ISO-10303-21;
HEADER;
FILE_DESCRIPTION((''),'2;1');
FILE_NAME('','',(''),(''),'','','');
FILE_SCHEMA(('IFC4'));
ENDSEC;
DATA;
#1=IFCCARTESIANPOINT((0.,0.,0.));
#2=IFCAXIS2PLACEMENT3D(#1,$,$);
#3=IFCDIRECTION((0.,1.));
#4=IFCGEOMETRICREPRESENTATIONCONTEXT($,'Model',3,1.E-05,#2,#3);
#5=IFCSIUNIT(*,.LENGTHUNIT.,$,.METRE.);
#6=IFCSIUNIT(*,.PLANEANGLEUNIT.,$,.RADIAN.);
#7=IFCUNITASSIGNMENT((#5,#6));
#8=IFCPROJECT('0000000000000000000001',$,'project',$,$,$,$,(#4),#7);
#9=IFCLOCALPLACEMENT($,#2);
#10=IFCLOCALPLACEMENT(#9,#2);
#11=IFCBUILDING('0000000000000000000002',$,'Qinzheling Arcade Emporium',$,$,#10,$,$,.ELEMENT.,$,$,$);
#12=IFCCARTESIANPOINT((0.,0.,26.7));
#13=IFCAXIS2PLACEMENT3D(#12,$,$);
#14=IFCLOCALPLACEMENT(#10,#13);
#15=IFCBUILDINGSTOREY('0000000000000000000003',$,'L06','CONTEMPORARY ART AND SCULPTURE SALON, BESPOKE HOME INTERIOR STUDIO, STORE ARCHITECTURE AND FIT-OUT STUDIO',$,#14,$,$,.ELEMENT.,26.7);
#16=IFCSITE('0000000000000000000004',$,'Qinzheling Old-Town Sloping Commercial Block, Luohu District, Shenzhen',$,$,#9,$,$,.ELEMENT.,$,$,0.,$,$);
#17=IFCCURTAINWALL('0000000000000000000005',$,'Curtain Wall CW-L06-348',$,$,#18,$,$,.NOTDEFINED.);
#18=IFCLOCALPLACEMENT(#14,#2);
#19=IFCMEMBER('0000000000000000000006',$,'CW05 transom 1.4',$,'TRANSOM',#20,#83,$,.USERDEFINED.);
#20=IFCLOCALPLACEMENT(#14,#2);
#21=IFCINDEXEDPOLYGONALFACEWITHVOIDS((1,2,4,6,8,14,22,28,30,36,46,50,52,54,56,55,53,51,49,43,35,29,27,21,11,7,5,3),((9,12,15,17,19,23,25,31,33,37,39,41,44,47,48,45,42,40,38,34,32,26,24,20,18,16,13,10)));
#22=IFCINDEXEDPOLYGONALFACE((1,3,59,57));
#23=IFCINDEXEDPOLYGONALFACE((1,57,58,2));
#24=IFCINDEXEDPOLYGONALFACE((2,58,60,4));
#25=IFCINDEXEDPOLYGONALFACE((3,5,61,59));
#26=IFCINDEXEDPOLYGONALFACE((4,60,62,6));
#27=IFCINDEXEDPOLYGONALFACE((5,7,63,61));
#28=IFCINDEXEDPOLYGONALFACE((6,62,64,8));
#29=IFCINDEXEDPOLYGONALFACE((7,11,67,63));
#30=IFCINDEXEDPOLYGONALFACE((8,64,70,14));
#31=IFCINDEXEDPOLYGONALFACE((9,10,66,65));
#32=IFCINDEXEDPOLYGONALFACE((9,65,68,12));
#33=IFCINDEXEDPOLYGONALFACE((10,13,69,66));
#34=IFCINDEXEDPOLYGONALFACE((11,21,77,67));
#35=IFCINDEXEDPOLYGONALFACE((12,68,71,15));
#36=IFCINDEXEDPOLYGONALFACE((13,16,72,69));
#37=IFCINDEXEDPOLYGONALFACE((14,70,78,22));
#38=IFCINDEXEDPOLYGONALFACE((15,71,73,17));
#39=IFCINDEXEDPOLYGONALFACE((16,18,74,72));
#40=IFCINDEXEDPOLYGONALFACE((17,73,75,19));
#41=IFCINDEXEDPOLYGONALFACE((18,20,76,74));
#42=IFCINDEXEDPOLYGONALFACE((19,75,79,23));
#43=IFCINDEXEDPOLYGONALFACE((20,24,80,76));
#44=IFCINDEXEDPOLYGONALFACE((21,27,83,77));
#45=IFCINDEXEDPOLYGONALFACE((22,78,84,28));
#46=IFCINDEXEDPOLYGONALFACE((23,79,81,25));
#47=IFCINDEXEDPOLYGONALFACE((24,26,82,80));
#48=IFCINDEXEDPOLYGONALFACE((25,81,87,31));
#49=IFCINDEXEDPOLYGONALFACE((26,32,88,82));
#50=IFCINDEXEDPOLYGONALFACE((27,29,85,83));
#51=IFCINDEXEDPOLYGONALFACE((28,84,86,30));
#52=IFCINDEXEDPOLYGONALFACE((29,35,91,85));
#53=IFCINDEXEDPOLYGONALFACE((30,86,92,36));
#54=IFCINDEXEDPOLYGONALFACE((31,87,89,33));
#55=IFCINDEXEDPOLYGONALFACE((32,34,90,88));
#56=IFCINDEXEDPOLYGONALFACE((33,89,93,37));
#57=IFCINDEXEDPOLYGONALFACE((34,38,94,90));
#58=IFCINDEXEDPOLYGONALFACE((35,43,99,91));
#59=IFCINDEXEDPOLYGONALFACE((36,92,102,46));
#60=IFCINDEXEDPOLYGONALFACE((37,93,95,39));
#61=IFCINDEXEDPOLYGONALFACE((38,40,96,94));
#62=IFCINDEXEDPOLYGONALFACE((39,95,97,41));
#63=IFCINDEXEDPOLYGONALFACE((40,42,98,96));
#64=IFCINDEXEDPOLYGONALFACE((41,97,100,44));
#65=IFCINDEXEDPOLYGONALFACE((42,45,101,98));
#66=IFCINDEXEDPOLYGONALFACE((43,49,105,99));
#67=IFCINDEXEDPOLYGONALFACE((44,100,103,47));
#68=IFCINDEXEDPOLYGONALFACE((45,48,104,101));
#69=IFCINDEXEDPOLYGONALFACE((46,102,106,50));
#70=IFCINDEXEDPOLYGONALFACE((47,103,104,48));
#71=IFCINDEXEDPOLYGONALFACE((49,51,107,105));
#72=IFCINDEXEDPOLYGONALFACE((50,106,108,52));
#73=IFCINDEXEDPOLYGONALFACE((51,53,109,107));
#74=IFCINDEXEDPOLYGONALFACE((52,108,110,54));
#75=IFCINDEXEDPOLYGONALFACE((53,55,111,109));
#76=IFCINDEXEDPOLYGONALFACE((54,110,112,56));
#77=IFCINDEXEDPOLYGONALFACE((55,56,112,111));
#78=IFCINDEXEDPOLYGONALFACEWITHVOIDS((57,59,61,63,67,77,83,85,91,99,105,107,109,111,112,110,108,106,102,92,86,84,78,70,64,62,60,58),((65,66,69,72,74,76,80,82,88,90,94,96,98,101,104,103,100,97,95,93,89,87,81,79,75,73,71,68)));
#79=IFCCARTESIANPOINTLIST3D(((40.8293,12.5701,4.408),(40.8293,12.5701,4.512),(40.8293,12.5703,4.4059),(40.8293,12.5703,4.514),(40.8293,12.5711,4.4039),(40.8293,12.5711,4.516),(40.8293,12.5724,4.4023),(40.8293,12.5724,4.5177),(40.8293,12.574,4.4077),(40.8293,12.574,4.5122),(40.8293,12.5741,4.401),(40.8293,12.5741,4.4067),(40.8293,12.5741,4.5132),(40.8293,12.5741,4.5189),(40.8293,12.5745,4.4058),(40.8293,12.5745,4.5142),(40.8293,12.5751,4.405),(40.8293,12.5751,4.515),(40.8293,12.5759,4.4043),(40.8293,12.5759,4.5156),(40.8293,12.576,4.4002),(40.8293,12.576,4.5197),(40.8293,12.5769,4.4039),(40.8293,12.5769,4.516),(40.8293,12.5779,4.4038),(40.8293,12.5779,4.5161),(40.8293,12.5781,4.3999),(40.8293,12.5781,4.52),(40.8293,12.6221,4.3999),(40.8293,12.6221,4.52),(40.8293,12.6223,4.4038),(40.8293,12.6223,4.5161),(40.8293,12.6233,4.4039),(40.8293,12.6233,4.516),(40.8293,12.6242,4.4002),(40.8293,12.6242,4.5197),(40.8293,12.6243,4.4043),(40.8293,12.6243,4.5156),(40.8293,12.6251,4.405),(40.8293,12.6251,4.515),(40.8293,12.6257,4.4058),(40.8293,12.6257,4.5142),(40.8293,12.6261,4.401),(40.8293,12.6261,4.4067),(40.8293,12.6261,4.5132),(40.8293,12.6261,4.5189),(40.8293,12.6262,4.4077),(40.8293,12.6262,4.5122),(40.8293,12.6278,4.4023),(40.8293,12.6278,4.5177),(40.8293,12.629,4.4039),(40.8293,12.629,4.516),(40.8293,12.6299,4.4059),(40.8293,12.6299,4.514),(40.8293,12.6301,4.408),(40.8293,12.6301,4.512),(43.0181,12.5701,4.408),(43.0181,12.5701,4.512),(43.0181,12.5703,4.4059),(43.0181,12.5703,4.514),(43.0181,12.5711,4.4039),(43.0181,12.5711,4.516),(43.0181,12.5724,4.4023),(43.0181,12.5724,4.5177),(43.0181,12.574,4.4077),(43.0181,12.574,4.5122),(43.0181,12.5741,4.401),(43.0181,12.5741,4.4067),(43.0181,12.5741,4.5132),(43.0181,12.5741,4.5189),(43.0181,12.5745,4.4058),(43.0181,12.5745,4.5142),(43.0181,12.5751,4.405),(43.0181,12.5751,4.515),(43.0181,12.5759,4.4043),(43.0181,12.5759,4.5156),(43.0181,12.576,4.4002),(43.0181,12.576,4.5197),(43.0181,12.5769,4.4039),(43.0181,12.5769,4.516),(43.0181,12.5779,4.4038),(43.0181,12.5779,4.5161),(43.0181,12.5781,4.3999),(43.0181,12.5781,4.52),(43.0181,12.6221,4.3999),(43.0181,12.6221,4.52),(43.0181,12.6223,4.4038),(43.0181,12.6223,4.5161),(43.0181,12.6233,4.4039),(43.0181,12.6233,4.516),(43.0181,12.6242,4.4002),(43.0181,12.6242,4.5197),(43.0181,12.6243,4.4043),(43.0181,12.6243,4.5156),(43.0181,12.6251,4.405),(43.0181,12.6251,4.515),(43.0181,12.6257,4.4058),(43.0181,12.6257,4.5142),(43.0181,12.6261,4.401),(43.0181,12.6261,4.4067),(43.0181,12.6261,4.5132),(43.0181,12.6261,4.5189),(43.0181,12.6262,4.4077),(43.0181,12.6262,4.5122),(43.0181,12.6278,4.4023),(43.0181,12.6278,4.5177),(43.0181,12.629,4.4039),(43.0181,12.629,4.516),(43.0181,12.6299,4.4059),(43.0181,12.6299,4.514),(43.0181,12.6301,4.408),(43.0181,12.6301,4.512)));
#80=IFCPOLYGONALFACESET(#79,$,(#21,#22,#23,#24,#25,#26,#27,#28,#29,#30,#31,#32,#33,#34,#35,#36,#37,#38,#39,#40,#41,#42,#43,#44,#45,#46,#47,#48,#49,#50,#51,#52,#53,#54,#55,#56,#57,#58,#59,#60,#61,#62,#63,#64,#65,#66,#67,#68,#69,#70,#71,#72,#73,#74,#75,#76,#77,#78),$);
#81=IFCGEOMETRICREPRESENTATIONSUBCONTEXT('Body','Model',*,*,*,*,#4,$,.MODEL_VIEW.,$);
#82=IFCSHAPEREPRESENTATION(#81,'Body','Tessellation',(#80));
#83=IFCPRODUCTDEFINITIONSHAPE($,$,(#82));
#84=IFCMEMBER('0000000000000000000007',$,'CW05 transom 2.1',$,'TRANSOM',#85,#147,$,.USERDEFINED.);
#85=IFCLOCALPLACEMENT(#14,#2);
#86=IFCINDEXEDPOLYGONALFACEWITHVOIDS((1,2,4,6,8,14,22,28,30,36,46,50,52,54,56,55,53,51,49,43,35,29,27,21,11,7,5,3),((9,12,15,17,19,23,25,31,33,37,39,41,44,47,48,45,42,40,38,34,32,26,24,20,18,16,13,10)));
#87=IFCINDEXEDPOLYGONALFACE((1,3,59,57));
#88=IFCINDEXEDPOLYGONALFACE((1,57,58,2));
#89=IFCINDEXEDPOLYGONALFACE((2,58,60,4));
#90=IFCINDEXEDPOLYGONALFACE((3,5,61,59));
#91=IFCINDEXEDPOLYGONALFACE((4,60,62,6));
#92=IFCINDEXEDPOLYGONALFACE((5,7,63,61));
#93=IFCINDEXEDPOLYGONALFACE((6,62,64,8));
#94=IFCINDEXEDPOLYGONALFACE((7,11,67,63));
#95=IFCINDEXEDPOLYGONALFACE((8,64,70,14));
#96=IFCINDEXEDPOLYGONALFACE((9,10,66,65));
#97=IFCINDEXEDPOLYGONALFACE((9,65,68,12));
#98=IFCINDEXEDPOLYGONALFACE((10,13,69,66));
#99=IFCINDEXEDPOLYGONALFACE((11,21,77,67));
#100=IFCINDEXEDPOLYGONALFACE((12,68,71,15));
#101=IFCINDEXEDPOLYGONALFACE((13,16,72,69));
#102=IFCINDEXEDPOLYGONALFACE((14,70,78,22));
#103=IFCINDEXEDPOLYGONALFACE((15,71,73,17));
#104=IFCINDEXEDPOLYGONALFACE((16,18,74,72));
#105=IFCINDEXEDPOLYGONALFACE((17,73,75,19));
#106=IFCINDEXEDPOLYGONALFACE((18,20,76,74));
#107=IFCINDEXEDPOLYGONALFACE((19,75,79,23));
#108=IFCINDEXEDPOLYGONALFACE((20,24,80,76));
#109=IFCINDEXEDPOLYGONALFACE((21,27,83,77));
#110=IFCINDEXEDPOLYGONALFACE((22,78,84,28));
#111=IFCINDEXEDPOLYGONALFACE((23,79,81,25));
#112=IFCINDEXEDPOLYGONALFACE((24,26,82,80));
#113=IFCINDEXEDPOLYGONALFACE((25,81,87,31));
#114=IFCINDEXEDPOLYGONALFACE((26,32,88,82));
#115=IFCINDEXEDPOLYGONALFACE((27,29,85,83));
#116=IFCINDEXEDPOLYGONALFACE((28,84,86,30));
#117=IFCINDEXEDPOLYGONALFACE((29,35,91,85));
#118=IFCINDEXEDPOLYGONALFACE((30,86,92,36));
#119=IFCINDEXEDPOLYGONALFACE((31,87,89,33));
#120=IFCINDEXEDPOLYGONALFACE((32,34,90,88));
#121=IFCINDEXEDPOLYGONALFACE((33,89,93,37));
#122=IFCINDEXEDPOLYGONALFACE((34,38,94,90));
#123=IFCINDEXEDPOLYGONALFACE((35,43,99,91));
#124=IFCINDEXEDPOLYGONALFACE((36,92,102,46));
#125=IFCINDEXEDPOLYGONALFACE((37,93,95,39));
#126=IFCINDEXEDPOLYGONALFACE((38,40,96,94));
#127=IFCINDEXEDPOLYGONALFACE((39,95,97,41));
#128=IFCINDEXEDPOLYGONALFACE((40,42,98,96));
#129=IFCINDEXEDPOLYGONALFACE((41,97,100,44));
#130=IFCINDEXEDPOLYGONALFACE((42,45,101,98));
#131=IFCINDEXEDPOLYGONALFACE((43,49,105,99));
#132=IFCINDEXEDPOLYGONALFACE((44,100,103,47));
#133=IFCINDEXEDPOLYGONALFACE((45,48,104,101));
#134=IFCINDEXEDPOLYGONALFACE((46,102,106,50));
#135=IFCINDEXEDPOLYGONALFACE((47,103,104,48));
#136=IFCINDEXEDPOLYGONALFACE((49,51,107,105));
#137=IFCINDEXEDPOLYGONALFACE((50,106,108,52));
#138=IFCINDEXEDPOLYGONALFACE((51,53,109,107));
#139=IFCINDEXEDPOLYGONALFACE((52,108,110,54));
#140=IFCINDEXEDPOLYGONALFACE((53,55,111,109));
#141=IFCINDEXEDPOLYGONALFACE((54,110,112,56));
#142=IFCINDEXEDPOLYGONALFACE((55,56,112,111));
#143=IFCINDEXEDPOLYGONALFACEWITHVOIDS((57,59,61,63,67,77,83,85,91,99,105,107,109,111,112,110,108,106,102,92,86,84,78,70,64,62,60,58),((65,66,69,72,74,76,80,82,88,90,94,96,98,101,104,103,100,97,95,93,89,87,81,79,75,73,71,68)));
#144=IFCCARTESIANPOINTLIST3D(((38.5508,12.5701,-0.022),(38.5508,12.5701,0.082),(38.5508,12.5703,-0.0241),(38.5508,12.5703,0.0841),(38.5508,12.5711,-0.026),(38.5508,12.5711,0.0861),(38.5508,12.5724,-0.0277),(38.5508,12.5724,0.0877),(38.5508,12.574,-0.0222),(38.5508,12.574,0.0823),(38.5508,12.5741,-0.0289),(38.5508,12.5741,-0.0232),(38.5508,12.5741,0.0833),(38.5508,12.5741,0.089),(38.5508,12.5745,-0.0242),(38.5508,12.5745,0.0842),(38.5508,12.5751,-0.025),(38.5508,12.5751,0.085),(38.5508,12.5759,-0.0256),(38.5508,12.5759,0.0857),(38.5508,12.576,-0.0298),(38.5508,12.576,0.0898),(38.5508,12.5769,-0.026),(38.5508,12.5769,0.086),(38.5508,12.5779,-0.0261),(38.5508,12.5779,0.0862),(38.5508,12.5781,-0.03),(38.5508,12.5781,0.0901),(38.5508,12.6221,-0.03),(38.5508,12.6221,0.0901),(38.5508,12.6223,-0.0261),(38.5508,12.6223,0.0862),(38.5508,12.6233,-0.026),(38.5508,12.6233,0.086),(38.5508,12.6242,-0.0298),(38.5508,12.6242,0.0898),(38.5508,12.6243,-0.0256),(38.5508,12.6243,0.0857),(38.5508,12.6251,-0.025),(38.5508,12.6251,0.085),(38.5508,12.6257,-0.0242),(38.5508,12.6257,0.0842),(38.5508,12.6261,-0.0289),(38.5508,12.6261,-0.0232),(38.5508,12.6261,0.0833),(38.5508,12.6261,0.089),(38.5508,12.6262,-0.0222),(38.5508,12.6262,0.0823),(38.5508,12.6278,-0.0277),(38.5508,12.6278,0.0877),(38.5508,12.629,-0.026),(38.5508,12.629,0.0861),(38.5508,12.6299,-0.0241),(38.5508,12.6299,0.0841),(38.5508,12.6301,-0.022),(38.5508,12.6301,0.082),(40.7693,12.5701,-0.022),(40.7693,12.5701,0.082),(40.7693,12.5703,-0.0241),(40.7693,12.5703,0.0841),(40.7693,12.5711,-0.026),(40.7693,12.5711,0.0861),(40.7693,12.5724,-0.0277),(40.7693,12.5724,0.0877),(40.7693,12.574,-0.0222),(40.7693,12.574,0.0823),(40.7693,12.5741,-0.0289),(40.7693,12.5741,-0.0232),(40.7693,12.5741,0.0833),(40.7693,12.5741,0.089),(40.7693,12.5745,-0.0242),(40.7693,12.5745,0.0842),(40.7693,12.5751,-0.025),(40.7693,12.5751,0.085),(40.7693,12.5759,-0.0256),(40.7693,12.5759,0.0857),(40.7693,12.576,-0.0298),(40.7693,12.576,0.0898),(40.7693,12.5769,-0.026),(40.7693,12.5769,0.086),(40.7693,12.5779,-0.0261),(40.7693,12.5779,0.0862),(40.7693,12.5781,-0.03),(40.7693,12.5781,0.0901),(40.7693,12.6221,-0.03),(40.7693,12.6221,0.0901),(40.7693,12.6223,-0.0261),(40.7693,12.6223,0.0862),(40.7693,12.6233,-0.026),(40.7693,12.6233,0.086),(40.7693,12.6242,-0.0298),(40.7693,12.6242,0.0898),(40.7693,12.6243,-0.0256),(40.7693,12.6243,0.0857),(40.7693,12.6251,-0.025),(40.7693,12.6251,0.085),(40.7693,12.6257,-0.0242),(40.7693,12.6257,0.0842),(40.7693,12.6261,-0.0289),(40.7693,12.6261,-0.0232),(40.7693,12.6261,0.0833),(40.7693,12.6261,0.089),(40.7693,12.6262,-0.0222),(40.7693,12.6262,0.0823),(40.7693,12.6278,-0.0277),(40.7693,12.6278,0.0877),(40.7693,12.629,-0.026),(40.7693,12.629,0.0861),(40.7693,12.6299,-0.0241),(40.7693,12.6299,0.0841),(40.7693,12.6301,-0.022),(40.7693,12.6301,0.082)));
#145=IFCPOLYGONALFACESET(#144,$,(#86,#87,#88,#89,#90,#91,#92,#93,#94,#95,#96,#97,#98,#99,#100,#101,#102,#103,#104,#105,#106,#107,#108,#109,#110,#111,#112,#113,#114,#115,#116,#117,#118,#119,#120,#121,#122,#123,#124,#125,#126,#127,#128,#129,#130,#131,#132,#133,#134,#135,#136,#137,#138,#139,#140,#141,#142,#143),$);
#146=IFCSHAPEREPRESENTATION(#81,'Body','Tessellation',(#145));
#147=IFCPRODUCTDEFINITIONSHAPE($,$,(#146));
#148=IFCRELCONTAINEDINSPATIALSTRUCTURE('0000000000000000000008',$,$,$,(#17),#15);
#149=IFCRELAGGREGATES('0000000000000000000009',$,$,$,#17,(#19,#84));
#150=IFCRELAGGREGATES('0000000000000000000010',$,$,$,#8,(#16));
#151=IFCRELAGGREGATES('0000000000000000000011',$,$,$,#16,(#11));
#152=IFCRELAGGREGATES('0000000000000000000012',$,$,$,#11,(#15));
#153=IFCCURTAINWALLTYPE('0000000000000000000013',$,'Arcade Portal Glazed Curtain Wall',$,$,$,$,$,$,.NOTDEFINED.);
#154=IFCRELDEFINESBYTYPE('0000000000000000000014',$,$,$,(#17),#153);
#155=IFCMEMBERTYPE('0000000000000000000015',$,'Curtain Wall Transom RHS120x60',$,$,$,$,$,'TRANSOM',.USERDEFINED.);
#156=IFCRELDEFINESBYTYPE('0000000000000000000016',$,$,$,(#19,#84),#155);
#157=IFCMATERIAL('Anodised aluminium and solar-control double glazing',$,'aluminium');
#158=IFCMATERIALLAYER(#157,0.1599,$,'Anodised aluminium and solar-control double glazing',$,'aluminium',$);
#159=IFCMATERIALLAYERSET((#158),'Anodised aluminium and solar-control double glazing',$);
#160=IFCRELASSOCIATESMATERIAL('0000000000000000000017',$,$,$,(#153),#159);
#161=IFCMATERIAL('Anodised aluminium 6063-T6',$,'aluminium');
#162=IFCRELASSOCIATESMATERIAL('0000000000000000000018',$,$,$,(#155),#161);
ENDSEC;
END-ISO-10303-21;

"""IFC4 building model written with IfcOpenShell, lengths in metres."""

from ifc_helpers import new_model, si_unit, direction, frame, origin, origin_2d, place, context, subcontext, project, spatial, hollow_rectangle, extrude, material, layer, layer_set, material_profile, profile_set, type_object, element, aggregate, save


model = new_model("IFC4")

# Units and contexts
model_context = context("Model", 3, precision=1e-05, world=origin(), true_north=direction((0.0, 1.0)))
body_context = subcontext(model_context, "Body", "Model", "MODEL_VIEW")
ifc_project = project(units=[si_unit("LENGTHUNIT", "METRE"), si_unit("PLANEANGLEUNIT", "RADIAN")], contexts=[model_context])

# Site, building, storey
site_placement = place(None, origin())
site = spatial("IfcSite", under=ifc_project, at=site_placement, Name="Qinzheling Old-Town Sloping Commercial Block, Luohu District, Shenzhen", CompositionType="ELEMENT", RefElevation=0.0)
building_placement = place(site_placement, origin())
building = spatial("IfcBuilding", under=site, at=building_placement, Name="Qinzheling Arcade Emporium", CompositionType="ELEMENT")
storey_placement = place(building_placement, frame((0.0, 0.0, 26.7)))
storey = spatial("IfcBuildingStorey", under=building, at=storey_placement, Name="L06", Description="CONTEMPORARY ART AND SCULPTURE SALON, BESPOKE HOME INTERIOR STUDIO, STORE ARCHITECTURE AND FIT-OUT STUDIO", CompositionType="ELEMENT", Elevation=26.7)

# Shared definitions
ifc_material_1 = material(Name="Anodised aluminium and solar-control double glazing", Category="aluminium")
ifc_layer_1 = layer(ifc_material_1, 0.1599, Name="Anodised aluminium and solar-control double glazing", Category="aluminium")
ifc_layer_set_1 = layer_set([ifc_layer_1], Name="Anodised aluminium and solar-control double glazing")
curtain_wall_type = type_object("IfcCurtainWallType", Name="Arcade Portal Glazed Curtain Wall", PredefinedType="NOTDEFINED", material=ifc_layer_set_1)
ifc_material_2 = material(Name="Anodised aluminium 6063-T6", Category="aluminium")

# Curtain wall, members
curtain_wall_1_placement = place(storey_placement, origin())
curtain_wall_1 = element("IfcCurtainWall", 1, at=curtain_wall_1_placement, inside=storey, type_object=curtain_wall_type, Name="Curtain Wall CW-L06-348", PredefinedType="NOTDEFINED")
ifc_material_profile_1 = material_profile(ifc_material_2, hollow_rectangle(XDim=0.0601, YDim=0.1201, WallThickness=0.0039, InnerFilletRadius=0.0039, OuterFilletRadius=0.0081, at=origin_2d()), Name="RHS 120x60x4", Category="aluminium")
ifc_profile_set_1 = profile_set([ifc_material_profile_1], Name="Anodised aluminium 6063-T6")
member_type_1 = type_object("IfcMemberType", Name="Curtain Wall Transom RHS120x60", ElementType="TRANSOM", PredefinedType="USERDEFINED", material=ifc_profile_set_1)
member_1_placement = place(storey_placement, frame((43.0181, 12.6001, 4.46), z_axis=(-1.0, 0.0, 0.0), x_axis=(0.0, -1.0, 0.0)))
member_1 = element("IfcMember", 2, at=member_1_placement, type_object=member_type_1, Name="CW05 transom 1.4", ObjectType="TRANSOM", PredefinedType="USERDEFINED", context=body_context, shape_type="SweptSolid", body=[
    extrude(hollow_rectangle(XDim=0.0601, YDim=0.1201, WallThickness=0.0039, InnerFilletRadius=0.0039, OuterFilletRadius=0.0081, at=origin_2d()), origin(), (0.0, 0.0, 1.0), 2.1887),
])
member_2_placement = place(storey_placement, frame((40.7693, 12.6001, 0.03), z_axis=(-1.0, 0.0, 0.0), x_axis=(0.0, -1.0, 0.0)))
member_2 = element("IfcMember", 3, at=member_2_placement, type_object=member_type_1, Name="CW05 transom 2.1", ObjectType="TRANSOM", PredefinedType="USERDEFINED", context=body_context, shape_type="SweptSolid", body=[
    extrude(hollow_rectangle(XDim=0.0601, YDim=0.1201, WallThickness=0.0039, InnerFilletRadius=0.0039, OuterFilletRadius=0.0081, at=origin_2d()), origin(), (0.0, 0.0, 1.0), 2.2185),
])

aggregate(curtain_wall_1, [member_1, member_2])

save(model, "model.ifc")
